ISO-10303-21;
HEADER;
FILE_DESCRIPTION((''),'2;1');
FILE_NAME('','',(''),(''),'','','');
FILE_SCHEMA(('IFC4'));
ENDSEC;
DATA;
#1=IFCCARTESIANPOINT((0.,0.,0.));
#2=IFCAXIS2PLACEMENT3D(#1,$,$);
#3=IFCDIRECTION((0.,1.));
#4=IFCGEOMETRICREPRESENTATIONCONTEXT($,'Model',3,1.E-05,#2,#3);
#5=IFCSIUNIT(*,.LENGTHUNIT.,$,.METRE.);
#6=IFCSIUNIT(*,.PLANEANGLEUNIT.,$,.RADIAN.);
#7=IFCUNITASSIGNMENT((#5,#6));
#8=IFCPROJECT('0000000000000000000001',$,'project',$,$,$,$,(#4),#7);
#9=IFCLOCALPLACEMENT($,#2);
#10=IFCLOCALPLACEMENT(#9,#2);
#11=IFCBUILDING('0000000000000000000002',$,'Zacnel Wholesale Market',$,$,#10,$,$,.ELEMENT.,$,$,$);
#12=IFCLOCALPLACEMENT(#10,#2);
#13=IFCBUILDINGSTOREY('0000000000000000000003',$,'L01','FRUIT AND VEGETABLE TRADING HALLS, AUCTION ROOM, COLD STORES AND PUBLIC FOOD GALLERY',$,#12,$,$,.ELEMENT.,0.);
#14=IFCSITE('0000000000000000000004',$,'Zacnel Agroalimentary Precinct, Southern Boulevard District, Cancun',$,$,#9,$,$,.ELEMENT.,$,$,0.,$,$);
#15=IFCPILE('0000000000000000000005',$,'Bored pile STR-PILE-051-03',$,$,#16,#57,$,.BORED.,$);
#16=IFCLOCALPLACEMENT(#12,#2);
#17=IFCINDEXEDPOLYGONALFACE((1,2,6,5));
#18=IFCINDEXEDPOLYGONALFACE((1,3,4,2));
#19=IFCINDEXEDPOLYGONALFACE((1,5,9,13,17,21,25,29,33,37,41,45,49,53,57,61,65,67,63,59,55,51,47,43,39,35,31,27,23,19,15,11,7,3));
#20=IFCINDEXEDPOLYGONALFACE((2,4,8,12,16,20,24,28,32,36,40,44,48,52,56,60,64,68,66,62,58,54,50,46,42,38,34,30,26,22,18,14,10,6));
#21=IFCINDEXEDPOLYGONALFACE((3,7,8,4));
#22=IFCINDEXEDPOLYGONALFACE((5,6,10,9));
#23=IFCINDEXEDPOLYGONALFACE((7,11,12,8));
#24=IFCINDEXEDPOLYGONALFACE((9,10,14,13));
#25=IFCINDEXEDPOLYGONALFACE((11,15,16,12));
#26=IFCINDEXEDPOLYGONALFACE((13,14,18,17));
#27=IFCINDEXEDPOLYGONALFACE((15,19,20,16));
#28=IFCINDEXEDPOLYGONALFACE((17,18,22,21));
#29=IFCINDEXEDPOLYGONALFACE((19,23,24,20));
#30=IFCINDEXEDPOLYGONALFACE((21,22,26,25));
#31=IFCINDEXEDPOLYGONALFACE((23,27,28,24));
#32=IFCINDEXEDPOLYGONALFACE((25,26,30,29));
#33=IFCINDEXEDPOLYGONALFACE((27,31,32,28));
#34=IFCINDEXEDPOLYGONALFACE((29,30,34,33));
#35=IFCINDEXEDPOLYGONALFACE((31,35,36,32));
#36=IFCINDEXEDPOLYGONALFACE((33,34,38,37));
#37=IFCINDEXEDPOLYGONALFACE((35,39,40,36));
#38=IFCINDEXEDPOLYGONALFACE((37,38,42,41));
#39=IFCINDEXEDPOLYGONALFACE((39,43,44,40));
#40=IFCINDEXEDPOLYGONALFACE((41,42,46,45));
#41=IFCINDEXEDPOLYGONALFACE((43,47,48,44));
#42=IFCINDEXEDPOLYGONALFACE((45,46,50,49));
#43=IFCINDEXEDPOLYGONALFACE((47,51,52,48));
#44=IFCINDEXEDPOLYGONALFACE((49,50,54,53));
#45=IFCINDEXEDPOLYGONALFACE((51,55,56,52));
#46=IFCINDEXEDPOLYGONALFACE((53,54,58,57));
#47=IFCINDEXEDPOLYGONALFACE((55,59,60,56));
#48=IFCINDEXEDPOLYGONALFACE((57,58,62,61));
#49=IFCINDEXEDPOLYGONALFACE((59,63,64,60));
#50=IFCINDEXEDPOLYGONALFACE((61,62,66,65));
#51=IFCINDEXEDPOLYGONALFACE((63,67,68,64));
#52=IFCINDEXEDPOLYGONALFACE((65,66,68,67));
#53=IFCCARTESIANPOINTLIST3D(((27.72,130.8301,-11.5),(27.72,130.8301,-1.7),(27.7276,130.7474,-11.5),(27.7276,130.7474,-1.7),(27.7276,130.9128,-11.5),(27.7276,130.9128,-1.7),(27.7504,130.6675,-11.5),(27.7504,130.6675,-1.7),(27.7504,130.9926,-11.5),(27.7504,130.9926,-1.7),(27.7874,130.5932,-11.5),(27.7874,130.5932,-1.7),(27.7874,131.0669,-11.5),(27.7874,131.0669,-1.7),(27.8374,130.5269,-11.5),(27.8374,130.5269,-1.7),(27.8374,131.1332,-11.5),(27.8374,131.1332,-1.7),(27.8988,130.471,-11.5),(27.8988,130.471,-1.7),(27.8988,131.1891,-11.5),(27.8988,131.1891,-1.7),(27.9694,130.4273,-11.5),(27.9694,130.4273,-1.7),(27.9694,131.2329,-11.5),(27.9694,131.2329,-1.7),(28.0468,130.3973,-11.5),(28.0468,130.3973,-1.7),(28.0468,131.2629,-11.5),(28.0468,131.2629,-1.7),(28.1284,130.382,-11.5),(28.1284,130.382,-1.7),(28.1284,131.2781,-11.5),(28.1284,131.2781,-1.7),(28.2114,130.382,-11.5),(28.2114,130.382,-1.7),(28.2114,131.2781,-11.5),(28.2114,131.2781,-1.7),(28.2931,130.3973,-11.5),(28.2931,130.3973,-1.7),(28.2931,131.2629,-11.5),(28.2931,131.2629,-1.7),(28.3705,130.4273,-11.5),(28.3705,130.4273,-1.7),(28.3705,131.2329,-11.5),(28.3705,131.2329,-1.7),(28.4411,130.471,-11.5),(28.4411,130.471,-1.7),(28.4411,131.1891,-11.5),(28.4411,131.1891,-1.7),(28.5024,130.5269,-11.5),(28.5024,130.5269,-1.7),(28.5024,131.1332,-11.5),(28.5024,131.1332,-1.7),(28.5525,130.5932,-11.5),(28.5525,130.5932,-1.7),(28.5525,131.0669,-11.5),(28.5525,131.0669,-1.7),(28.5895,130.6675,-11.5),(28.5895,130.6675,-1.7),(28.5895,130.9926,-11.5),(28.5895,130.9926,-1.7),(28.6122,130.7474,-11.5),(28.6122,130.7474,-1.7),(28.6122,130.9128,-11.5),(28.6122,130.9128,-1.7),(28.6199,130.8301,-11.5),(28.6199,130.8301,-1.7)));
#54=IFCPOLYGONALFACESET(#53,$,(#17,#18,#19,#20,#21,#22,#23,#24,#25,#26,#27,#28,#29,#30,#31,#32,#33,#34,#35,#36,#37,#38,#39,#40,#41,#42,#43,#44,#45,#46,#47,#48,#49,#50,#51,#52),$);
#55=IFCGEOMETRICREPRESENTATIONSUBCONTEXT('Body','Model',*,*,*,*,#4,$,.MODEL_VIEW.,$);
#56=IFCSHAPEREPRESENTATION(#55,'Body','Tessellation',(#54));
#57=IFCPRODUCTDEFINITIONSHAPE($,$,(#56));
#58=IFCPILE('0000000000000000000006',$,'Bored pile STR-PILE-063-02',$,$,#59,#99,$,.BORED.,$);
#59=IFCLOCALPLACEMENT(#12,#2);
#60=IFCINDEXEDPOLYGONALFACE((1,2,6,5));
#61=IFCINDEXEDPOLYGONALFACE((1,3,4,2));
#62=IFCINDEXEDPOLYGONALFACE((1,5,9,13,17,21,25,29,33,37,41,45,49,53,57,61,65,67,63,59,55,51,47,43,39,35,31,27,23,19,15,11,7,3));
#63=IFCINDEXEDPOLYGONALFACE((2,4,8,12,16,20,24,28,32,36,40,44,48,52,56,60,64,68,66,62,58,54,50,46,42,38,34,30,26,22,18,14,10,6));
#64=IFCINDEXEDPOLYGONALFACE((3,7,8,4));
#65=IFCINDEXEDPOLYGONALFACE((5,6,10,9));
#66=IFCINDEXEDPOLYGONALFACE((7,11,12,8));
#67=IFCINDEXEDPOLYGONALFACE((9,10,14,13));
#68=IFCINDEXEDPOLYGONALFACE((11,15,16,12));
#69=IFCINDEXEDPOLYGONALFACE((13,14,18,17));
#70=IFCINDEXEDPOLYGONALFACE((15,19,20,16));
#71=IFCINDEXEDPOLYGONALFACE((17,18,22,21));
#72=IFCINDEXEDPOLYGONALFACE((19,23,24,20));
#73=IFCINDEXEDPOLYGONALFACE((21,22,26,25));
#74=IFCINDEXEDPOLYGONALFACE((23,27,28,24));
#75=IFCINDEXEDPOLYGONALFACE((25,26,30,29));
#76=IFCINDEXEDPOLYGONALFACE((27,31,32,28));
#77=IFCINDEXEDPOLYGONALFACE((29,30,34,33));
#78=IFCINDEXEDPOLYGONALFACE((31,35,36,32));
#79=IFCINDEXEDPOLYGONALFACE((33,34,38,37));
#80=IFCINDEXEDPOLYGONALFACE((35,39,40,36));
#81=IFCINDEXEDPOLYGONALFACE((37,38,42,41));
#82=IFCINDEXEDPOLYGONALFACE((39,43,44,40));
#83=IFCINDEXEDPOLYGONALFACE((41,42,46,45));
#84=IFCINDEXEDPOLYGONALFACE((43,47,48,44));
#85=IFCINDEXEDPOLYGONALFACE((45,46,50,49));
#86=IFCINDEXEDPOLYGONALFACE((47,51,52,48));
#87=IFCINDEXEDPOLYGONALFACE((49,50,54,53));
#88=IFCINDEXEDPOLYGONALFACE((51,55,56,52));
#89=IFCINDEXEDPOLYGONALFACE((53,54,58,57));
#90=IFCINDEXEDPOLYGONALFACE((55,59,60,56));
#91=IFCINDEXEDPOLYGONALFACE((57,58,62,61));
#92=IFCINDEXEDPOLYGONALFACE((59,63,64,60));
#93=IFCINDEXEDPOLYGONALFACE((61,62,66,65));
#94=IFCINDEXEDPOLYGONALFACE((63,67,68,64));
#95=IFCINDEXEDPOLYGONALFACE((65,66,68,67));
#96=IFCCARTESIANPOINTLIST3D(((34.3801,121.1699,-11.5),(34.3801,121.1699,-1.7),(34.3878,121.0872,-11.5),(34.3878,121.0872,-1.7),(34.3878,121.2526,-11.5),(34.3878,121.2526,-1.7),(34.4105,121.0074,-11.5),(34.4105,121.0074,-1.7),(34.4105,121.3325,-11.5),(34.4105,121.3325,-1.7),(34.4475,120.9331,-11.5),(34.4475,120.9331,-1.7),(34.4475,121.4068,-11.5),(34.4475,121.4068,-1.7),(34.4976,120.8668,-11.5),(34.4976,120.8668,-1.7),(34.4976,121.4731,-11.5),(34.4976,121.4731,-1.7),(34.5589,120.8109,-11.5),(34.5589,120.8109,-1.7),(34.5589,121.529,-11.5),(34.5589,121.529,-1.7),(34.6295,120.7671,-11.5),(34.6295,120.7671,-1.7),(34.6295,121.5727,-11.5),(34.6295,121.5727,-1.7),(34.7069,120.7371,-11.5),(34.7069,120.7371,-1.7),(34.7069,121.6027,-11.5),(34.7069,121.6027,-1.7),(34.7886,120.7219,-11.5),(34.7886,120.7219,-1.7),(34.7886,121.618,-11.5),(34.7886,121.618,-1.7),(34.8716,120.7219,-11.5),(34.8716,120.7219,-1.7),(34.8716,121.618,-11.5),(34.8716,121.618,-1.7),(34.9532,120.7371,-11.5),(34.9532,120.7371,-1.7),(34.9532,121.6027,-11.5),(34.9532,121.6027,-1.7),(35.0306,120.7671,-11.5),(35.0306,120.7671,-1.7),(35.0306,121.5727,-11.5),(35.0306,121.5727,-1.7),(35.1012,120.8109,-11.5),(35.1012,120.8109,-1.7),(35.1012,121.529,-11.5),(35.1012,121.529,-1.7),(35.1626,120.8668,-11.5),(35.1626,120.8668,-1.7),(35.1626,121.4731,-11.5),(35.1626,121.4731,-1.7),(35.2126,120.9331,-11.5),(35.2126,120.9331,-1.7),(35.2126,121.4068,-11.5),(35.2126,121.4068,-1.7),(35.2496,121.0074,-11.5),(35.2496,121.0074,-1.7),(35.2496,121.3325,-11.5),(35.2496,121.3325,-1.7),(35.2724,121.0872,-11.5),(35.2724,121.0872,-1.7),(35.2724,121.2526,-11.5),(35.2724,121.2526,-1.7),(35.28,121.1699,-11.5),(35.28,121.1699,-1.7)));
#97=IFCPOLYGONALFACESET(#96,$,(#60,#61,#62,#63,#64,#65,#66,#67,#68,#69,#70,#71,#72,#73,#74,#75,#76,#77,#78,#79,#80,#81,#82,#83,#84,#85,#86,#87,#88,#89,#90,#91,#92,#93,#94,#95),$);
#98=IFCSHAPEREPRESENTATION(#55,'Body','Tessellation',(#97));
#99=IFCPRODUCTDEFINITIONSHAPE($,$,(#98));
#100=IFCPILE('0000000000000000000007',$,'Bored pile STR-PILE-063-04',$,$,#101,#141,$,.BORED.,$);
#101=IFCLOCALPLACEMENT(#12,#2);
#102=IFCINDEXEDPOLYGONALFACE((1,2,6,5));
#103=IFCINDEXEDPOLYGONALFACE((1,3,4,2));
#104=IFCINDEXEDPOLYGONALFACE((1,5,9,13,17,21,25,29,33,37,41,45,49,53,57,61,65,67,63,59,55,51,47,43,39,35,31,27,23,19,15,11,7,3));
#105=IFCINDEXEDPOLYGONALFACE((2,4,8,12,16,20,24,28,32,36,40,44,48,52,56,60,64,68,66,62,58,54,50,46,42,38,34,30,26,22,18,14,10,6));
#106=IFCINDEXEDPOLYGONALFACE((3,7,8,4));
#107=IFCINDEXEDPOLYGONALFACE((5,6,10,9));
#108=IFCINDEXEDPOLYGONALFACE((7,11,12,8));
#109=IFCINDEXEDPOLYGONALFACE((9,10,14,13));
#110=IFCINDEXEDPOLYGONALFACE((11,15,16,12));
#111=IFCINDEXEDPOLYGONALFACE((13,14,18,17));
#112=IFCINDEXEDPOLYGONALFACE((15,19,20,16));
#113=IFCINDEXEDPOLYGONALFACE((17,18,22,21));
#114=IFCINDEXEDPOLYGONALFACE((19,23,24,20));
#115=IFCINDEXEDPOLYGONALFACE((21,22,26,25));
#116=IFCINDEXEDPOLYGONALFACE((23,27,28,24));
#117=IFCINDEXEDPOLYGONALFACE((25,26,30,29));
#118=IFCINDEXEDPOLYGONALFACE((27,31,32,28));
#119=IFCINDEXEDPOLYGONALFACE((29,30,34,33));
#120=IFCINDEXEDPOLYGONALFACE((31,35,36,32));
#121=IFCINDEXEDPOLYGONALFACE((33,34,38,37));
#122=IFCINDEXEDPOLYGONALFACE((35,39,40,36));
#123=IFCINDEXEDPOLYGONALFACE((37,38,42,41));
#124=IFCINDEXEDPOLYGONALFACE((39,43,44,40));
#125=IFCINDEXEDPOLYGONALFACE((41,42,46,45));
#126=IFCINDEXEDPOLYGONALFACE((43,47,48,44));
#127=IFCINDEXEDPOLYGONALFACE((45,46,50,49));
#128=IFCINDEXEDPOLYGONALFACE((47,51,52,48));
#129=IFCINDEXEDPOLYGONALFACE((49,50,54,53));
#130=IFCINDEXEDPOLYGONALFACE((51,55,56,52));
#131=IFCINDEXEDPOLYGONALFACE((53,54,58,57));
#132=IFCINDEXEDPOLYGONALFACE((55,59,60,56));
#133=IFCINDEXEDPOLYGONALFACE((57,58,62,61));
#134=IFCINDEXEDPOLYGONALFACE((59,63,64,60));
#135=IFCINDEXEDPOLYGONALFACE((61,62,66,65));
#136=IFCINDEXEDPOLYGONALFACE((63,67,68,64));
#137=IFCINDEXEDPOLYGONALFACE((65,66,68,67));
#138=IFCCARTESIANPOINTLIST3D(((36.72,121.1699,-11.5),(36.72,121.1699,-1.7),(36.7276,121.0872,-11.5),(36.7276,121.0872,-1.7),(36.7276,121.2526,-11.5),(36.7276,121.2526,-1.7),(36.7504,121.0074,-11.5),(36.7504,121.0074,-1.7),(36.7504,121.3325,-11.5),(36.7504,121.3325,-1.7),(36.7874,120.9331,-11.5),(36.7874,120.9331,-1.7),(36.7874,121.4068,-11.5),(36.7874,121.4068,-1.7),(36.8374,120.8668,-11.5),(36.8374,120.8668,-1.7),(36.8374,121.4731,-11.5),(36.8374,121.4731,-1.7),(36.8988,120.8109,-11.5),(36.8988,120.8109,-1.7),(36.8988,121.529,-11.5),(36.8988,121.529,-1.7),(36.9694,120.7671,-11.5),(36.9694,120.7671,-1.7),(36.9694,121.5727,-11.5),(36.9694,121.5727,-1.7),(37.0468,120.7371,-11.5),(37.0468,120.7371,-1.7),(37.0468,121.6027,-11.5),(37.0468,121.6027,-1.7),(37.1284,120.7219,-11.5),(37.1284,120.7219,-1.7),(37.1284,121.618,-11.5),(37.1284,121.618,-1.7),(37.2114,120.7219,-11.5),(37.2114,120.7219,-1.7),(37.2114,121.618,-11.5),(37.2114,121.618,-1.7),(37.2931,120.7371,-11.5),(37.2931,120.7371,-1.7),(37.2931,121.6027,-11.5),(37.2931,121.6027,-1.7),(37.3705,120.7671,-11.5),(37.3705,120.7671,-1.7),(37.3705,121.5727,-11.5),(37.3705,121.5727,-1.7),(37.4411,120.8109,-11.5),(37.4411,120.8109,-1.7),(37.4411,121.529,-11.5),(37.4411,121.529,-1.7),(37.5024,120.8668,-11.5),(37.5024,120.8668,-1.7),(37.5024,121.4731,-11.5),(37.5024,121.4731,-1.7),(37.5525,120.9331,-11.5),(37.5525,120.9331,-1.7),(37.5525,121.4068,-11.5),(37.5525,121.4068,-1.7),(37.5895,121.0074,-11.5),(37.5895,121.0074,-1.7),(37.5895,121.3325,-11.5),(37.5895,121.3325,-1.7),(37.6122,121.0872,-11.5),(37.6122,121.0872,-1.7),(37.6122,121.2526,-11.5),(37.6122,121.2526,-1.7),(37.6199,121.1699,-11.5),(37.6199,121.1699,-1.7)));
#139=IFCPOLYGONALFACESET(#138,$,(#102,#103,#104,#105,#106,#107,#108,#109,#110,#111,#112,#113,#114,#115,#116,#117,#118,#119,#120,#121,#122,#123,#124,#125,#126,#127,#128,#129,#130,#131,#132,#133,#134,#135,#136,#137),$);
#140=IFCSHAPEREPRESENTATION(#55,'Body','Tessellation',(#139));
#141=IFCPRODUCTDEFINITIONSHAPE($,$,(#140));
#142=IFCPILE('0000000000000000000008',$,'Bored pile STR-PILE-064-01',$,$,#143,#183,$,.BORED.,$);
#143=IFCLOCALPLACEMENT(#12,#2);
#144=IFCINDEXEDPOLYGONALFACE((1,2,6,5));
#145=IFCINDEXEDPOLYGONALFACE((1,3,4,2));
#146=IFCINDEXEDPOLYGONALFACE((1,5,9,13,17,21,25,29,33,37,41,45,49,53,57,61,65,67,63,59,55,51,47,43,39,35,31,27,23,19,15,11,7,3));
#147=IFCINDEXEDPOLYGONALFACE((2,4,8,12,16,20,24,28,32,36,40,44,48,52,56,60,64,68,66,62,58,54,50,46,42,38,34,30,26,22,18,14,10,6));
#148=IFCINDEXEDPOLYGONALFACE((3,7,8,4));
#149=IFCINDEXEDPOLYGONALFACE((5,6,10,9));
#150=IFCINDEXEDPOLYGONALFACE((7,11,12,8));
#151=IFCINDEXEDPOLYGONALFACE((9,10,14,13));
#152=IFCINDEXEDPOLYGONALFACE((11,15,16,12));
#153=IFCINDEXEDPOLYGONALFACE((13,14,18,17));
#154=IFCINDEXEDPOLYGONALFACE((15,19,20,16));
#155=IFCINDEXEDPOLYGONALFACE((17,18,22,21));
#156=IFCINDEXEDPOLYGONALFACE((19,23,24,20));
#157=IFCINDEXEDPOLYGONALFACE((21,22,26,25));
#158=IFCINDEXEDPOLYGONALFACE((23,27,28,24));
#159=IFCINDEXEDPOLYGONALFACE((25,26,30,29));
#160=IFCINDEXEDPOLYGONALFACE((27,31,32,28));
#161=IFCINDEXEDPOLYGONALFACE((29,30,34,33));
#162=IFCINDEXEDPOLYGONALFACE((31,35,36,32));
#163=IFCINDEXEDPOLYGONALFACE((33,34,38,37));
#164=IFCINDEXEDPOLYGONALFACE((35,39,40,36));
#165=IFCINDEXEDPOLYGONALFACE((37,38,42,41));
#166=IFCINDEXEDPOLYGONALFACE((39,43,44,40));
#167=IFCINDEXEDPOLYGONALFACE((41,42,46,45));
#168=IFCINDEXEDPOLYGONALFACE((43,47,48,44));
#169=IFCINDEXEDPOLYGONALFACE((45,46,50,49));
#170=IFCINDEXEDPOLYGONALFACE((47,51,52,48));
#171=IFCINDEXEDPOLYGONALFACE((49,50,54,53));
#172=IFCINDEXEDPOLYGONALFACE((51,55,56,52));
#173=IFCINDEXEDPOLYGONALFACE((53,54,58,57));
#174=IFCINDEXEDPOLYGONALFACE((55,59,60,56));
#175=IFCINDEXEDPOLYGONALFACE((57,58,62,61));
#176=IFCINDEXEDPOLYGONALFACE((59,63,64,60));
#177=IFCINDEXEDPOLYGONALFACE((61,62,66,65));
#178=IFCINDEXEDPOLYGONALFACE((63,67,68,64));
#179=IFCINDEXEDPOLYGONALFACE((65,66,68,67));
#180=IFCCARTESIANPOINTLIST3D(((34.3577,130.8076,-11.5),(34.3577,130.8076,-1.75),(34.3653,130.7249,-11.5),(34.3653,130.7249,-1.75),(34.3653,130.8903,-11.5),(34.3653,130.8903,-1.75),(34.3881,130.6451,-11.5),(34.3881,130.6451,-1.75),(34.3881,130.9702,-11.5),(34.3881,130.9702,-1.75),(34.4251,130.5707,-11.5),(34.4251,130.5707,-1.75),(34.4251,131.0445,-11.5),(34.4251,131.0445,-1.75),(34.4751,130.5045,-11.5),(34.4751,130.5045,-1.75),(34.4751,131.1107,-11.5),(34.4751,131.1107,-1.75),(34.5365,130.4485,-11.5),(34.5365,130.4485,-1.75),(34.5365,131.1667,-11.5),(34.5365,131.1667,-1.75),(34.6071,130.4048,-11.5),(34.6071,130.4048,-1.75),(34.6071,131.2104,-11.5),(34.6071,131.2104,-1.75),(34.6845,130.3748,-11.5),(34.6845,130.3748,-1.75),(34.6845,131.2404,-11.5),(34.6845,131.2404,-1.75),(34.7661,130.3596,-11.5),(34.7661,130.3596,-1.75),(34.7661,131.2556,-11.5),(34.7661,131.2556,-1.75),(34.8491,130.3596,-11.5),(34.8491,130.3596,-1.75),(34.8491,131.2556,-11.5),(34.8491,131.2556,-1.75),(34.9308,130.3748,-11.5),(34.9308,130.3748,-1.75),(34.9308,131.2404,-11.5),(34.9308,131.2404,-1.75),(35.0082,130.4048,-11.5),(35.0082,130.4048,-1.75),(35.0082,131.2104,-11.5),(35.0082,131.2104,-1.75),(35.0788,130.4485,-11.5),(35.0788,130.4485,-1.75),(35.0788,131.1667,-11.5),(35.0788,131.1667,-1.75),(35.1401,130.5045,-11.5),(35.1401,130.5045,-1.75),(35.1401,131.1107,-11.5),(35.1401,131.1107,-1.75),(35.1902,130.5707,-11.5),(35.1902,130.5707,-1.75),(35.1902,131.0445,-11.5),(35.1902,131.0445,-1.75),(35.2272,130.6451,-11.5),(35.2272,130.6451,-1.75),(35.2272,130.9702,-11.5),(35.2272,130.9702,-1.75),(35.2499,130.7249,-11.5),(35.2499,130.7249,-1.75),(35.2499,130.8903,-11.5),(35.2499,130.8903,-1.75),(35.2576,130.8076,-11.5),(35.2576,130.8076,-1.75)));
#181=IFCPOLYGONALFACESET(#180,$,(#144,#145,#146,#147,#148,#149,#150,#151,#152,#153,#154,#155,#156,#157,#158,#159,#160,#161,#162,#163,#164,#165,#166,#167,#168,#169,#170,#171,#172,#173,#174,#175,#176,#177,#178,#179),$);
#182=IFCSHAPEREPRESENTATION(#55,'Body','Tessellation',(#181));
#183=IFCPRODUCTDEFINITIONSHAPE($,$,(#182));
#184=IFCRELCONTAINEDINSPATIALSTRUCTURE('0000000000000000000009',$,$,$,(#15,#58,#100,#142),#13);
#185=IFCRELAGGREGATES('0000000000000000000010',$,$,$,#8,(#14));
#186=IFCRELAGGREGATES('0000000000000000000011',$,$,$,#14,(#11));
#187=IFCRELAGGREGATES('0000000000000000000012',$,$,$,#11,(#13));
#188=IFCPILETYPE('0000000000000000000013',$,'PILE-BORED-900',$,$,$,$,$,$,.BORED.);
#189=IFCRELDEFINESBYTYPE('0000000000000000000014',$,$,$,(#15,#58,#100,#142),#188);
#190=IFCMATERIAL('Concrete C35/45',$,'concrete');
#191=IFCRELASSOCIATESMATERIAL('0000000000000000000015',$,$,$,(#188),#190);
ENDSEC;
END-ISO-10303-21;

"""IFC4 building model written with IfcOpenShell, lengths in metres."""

from ifc_helpers import new_model, si_unit, direction, frame, origin, origin_2d, place, context, subcontext, project, spatial, circle, extrude, material, material_profile, profile_set, type_object, element, save


model = new_model("IFC4")

# Units and contexts
model_context = context("Model", 3, precision=1e-05, world=origin(), true_north=direction((0.0, 1.0)))
body_context = subcontext(model_context, "Body", "Model", "MODEL_VIEW")
ifc_project = project(units=[si_unit("LENGTHUNIT", "METRE"), si_unit("PLANEANGLEUNIT", "RADIAN")], contexts=[model_context])

# Site, building, storey
site_placement = place(None, origin())
site = spatial("IfcSite", under=ifc_project, at=site_placement, Name="Zacnel Agroalimentary Precinct, Southern Boulevard District, Cancun", CompositionType="ELEMENT", RefElevation=0.0)
building_placement = place(site_placement, origin())
building = spatial("IfcBuilding", under=site, at=building_placement, Name="Zacnel Wholesale Market", CompositionType="ELEMENT")
storey_placement = place(building_placement, origin())
storey = spatial("IfcBuildingStorey", under=building, at=storey_placement, Name="L01", Description="FRUIT AND VEGETABLE TRADING HALLS, AUCTION ROOM, COLD STORES AND PUBLIC FOOD GALLERY", CompositionType="ELEMENT", Elevation=0.0)

# Piles
ifc_material_1 = material(Name="Concrete C35/45", Category="concrete")
ifc_material_profile_1 = material_profile(ifc_material_1, circle(Radius=0.45, at=origin_2d()), Name="BORED PILE D900")
ifc_profile_set_1 = profile_set([ifc_material_profile_1], Name="Concrete C35/45")
pile_type = type_object("IfcPileType", Name="PILE-BORED-900", PredefinedType="BORED", material=ifc_profile_set_1)
for number, where, z_axis, x_axis, name in (
    (1, (28.1699, 130.8301, -1.7), (0.0, 0.0, -1.0), (1.0, 0.0, 0.0), "Bored pile STR-PILE-051-03"),
    (2, (34.8301, 121.1699, -1.7), (0.0, 0.0, -1.0), (1.0, 0.0, 0.0), "Bored pile STR-PILE-063-02"),
    (3, (37.1699, 121.1699, -1.7), (0.0, 0.0, -1.0), (1.0, 0.0, 0.0), "Bored pile STR-PILE-063-04"),
):
    element("IfcPile", number, at=place(storey_placement, frame(where, z_axis=z_axis, x_axis=x_axis)), inside=storey, type_object=pile_type, Name=name, PredefinedType="BORED", context=body_context, shape_type="SweptSolid", body=[
        extrude(circle(Radius=0.45, at=origin_2d()), origin(), (0.0, 0.0, 1.0), 9.8),
    ])
for number, where, z_axis, x_axis, name in (
    (4, (34.8076, 130.8076, -1.75), (0.0, 0.0, -1.0), (1.0, 0.0, 0.0), "Bored pile STR-PILE-064-01"),
):
    element("IfcPile", number, at=place(storey_placement, frame(where, z_axis=z_axis, x_axis=x_axis)), inside=storey, type_object=pile_type, Name=name, PredefinedType="BORED", context=body_context, shape_type="SweptSolid", body=[
        extrude(circle(Radius=0.45, at=origin_2d()), origin(), (0.0, 0.0, 1.0), 9.75),
    ])

save(model, "model.ifc")
